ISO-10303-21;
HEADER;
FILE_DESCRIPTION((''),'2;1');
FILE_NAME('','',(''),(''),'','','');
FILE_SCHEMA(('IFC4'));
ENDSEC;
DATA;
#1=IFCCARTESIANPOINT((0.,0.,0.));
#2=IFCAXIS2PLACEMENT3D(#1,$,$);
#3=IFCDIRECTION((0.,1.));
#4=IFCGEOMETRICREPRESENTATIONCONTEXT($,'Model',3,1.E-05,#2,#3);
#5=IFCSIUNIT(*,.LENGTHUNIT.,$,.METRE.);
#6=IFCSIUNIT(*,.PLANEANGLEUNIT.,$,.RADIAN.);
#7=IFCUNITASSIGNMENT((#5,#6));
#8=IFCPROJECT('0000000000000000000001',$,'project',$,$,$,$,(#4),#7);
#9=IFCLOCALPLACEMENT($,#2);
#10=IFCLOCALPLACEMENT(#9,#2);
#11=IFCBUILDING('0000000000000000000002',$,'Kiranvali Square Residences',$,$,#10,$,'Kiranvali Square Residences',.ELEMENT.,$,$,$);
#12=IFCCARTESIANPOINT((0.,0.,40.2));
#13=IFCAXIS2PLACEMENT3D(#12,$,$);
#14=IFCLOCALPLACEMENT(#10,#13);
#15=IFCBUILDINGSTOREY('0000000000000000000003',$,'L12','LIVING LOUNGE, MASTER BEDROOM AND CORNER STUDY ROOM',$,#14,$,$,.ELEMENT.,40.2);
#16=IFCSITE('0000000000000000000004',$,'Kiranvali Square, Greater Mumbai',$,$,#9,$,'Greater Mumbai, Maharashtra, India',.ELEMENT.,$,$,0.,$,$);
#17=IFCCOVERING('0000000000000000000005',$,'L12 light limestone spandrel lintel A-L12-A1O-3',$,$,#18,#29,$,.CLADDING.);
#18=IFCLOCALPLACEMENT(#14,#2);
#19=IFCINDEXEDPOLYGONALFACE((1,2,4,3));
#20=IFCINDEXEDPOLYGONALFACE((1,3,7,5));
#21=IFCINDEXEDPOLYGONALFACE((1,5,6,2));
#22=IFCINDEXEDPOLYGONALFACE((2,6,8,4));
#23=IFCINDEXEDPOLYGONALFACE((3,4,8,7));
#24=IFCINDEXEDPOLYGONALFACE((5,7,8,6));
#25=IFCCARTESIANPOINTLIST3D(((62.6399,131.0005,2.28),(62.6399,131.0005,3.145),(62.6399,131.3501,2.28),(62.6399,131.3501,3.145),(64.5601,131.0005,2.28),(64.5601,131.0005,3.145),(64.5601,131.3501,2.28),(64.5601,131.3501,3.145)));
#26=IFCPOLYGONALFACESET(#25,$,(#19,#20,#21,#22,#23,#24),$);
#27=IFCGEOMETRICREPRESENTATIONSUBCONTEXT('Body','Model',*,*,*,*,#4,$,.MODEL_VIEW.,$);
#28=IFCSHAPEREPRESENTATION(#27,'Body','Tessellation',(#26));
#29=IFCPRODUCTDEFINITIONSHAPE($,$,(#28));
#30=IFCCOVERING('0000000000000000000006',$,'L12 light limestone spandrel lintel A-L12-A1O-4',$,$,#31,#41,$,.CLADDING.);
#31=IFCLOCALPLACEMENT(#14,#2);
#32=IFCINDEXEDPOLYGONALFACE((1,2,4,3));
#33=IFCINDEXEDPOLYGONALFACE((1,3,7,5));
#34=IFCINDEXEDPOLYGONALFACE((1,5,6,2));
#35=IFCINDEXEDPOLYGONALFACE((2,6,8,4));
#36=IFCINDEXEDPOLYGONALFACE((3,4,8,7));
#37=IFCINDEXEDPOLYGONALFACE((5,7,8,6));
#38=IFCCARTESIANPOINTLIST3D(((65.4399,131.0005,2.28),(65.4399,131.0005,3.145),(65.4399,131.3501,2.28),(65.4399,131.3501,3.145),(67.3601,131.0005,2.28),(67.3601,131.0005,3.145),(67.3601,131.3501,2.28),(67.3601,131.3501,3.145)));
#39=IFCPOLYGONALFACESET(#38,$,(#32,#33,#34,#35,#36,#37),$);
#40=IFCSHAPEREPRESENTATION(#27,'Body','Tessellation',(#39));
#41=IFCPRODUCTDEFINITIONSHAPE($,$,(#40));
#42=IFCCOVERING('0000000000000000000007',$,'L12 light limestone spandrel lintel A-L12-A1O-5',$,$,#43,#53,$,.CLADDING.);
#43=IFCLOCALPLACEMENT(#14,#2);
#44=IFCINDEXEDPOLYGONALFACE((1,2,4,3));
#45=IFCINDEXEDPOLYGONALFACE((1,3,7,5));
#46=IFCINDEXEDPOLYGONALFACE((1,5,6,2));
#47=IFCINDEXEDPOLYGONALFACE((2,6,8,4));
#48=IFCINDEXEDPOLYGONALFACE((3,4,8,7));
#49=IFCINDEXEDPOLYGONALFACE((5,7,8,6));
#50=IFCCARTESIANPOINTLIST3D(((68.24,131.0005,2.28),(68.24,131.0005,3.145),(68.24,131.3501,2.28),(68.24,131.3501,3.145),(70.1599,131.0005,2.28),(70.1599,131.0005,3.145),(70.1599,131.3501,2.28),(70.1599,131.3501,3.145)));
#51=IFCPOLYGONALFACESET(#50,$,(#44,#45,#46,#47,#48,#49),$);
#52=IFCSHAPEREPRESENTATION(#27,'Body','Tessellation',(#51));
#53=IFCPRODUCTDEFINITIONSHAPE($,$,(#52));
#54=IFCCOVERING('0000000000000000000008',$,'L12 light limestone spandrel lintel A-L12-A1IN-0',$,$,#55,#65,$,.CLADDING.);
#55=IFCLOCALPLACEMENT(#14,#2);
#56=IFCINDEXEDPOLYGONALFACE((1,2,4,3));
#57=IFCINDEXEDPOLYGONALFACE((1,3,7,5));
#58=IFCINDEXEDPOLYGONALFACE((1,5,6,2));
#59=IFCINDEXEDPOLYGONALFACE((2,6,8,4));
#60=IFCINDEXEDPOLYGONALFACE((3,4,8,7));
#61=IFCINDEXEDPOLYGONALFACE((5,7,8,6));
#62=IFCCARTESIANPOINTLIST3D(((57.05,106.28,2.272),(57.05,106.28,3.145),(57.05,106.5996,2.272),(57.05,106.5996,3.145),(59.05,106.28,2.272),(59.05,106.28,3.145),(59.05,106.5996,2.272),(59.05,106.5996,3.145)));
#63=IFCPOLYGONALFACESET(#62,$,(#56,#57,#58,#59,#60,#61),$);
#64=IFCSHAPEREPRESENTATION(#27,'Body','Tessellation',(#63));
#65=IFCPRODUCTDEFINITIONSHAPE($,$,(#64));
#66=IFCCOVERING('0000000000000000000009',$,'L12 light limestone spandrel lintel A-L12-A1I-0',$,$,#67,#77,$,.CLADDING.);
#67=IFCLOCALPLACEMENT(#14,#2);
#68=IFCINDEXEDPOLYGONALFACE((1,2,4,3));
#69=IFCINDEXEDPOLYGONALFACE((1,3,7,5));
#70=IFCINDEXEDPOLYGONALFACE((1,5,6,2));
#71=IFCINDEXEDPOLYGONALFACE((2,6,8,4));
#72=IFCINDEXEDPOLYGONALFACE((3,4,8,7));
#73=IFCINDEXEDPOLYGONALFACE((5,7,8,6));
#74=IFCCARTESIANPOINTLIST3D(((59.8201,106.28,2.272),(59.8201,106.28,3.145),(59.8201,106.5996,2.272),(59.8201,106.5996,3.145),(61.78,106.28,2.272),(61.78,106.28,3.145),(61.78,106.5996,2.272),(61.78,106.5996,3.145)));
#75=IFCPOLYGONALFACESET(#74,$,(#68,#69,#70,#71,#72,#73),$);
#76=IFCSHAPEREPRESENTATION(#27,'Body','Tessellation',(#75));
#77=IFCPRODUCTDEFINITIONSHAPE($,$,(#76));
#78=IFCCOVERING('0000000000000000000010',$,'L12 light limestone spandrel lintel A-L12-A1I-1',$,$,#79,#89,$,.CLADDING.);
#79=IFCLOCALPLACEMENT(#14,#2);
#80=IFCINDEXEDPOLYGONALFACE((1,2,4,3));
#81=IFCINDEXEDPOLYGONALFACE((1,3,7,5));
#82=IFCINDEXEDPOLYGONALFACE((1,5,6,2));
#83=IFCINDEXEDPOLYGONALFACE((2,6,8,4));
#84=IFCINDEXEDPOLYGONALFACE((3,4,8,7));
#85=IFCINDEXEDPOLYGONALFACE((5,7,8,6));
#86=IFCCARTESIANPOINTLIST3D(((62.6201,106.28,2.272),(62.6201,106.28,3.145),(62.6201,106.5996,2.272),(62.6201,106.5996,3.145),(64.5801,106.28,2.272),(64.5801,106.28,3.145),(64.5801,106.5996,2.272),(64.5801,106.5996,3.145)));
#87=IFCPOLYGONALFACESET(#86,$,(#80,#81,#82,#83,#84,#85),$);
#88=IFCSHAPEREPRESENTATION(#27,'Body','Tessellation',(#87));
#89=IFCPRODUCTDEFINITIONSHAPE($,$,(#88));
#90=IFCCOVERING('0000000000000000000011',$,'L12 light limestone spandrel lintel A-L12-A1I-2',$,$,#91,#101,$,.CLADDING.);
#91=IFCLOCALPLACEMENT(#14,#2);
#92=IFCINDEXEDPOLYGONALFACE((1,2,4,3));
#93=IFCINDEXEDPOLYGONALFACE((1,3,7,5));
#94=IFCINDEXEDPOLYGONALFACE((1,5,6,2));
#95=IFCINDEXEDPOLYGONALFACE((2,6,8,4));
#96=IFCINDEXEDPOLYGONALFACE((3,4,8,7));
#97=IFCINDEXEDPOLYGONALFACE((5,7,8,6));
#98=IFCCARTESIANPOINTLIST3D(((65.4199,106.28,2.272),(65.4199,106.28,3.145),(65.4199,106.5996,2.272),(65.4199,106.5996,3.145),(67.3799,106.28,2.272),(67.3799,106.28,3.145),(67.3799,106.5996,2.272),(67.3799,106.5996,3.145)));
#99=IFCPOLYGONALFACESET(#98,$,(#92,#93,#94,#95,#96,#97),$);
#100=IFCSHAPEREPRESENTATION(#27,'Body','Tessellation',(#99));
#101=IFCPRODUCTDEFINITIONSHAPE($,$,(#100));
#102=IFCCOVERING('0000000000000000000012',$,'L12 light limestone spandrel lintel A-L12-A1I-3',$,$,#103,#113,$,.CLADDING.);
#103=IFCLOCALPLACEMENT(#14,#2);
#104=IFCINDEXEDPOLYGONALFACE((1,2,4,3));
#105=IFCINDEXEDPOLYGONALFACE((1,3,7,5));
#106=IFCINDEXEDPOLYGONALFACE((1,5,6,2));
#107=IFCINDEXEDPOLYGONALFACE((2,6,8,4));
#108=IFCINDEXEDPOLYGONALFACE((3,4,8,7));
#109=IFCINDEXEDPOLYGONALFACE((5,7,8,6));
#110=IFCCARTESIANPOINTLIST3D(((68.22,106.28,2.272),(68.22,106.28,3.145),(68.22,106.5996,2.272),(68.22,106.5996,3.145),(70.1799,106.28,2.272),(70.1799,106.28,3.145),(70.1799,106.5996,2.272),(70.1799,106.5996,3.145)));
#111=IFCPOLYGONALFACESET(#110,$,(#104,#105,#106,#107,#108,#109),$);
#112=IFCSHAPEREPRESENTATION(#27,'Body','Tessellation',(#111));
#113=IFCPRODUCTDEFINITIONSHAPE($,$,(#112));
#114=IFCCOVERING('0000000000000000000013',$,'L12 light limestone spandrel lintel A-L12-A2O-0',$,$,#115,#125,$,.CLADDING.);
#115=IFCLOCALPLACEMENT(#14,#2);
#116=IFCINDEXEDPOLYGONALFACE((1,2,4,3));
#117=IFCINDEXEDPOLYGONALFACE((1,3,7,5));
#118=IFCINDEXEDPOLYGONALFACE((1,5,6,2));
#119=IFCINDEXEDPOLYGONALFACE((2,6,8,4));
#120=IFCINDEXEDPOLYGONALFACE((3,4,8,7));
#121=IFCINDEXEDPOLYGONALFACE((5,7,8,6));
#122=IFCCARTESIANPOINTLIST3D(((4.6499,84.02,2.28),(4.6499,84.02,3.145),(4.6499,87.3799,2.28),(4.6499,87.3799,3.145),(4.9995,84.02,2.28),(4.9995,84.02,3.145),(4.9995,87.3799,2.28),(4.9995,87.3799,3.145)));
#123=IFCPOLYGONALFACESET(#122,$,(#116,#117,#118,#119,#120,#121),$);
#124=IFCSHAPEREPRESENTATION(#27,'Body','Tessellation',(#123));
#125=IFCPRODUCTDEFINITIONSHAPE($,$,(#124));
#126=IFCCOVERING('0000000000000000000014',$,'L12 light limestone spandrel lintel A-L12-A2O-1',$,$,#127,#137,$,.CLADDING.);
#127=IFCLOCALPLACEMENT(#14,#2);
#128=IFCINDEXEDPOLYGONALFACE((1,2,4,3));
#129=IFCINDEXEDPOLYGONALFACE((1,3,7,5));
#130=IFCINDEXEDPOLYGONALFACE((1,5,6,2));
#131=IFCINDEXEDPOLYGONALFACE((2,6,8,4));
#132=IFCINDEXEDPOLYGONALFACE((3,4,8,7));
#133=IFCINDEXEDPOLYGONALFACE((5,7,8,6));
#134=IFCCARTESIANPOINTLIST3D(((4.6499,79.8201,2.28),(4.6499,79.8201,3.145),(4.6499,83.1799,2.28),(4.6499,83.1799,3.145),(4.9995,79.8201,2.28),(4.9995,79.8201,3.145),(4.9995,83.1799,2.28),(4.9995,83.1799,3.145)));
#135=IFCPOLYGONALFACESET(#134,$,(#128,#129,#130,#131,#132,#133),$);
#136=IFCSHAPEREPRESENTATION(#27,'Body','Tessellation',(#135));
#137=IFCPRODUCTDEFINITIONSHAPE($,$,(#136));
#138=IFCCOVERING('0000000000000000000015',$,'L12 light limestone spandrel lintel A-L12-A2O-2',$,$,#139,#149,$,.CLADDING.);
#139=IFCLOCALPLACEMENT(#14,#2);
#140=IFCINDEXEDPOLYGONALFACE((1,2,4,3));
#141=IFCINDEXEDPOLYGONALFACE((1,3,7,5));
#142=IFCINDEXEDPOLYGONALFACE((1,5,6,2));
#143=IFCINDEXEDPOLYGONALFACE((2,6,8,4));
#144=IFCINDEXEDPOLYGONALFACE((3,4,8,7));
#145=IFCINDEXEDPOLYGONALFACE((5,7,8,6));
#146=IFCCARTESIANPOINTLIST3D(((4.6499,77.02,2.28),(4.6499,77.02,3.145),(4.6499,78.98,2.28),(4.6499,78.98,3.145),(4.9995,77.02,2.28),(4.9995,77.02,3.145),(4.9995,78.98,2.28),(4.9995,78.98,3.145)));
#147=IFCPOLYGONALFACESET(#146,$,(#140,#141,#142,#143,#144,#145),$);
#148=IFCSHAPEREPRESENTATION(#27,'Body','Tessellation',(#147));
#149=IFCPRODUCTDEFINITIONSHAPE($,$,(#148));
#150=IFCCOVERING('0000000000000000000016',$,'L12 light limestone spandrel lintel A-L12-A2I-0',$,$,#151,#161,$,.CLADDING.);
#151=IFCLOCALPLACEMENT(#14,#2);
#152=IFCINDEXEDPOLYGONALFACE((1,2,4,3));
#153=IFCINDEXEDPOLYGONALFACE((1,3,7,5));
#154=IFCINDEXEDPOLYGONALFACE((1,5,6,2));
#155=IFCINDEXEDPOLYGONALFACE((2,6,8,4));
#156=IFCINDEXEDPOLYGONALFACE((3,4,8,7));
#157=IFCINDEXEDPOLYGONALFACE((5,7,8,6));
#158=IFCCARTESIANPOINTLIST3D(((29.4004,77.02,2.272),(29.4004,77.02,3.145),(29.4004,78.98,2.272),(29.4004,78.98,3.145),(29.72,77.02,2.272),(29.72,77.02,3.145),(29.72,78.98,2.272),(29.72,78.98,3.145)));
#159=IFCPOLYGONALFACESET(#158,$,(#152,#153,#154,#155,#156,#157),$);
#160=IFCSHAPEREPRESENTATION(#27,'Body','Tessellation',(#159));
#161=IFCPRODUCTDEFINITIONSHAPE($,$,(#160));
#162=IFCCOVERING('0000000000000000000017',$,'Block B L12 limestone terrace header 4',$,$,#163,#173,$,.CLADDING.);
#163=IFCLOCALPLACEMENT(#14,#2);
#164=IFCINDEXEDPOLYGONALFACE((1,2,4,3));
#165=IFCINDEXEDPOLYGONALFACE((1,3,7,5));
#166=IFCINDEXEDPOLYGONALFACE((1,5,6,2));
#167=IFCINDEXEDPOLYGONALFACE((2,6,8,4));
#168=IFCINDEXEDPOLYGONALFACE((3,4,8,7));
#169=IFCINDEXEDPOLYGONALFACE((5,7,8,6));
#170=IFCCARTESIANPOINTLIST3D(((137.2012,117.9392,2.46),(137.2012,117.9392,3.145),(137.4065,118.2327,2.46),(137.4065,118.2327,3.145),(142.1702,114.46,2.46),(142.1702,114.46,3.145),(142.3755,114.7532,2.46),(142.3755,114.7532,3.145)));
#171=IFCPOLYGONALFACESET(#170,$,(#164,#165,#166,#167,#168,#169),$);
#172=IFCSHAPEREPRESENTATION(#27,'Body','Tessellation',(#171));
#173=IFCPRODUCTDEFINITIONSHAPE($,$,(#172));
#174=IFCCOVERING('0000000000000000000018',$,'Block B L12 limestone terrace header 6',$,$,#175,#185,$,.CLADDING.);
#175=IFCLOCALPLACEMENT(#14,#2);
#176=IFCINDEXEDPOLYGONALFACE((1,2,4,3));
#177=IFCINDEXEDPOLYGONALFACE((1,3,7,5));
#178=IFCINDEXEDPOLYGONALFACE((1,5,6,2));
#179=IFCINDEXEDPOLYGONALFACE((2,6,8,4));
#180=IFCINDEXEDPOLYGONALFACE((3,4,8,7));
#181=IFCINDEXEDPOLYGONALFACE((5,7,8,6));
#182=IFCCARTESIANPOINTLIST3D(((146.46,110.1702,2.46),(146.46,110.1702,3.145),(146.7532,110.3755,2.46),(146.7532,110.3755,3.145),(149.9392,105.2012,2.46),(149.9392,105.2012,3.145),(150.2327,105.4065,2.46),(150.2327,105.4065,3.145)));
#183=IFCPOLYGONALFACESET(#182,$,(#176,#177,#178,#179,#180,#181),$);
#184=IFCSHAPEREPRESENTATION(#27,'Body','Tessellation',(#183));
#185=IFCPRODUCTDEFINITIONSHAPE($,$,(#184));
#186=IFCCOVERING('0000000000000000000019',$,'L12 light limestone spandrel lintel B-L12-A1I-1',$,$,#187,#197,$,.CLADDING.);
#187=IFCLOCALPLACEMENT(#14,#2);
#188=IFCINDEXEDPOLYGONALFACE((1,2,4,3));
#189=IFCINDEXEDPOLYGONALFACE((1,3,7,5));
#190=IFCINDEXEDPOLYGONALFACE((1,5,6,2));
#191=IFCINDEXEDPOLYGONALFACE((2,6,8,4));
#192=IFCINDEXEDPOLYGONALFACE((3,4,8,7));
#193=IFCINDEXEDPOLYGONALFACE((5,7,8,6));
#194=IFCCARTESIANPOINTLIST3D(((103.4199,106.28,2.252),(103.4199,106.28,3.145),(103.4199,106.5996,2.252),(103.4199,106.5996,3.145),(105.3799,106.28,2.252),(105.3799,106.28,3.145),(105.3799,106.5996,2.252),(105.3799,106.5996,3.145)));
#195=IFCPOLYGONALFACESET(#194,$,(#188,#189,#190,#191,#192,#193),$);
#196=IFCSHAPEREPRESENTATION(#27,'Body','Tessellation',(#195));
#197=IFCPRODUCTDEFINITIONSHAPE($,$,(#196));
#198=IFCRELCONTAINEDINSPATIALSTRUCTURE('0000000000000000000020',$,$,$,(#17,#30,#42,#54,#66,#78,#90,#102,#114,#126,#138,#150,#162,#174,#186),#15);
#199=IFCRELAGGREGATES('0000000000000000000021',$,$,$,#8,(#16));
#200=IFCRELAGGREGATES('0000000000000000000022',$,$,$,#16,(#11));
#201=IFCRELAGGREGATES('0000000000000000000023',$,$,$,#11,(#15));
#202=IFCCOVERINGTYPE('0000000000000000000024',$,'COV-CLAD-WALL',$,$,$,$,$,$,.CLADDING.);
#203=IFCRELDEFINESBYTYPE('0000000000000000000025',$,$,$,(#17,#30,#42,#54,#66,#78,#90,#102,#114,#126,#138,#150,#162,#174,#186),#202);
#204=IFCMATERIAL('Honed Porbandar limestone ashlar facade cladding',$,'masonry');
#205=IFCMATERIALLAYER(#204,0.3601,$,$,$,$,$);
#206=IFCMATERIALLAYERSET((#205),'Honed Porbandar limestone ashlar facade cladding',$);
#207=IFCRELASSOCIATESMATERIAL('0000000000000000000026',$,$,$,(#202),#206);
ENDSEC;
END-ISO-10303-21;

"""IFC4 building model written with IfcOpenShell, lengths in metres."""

from ifc_helpers import new_model, si_unit, direction, frame, origin, place, context, subcontext, project, spatial, polyline, outline, extrude, material, layer, layer_set, type_object, element, save


model = new_model("IFC4")

# Units and contexts
model_context = context("Model", 3, precision=1e-05, world=origin(), true_north=direction((0.0, 1.0)))
body_context = subcontext(model_context, "Body", "Model", "MODEL_VIEW")
ifc_project = project(units=[si_unit("LENGTHUNIT", "METRE"), si_unit("PLANEANGLEUNIT", "RADIAN")], contexts=[model_context])

# Site, building, storey
site_placement = place(None, origin())
site = spatial("IfcSite", under=ifc_project, at=site_placement, Name="Kiranvali Square, Greater Mumbai", LongName="Greater Mumbai, Maharashtra, India", CompositionType="ELEMENT", RefElevation=0.0)
building_placement = place(site_placement, origin())
building = spatial("IfcBuilding", under=site, at=building_placement, Name="Kiranvali Square Residences", LongName="Kiranvali Square Residences", CompositionType="ELEMENT")
storey_placement = place(building_placement, frame((0.0, 0.0, 40.2)))
storey = spatial("IfcBuildingStorey", under=building, at=storey_placement, Name="L12", Description="LIVING LOUNGE, MASTER BEDROOM AND CORNER STUDY ROOM", CompositionType="ELEMENT", Elevation=40.2)

# Coverings
ifc_material = material(Name="Honed Porbandar limestone ashlar facade cladding", Category="masonry")
ifc_layer = layer(ifc_material, 0.3601)
ifc_layer_set = layer_set([ifc_layer], Name="Honed Porbandar limestone ashlar facade cladding")
covering_type = type_object("IfcCoveringType", Name="COV-CLAD-WALL", PredefinedType="CLADDING", material=ifc_layer_set)
covering_1_placement = place(storey_placement, frame((0.0, 0.0, 2.28)))
element("IfcCovering", 1, at=covering_1_placement, inside=storey, type_object=covering_type, Name="L12 light limestone spandrel lintel A-L12-A1O-3", PredefinedType="CLADDING", context=body_context, shape_type="SweptSolid", body=[
    extrude(outline(polyline([(62.6399, 131.0005), (64.5601, 131.0005), (64.5601, 131.3501), (62.6399, 131.3501), (62.6399, 131.0005)])), origin(), (0.0, 0.0, 1.0), 0.865),
])
covering_2_placement = place(storey_placement, frame((0.0, 0.0, 2.28)))
element("IfcCovering", 2, at=covering_2_placement, inside=storey, type_object=covering_type, Name="L12 light limestone spandrel lintel A-L12-A1O-4", PredefinedType="CLADDING", context=body_context, shape_type="SweptSolid", body=[
    extrude(outline(polyline([(65.4399, 131.0005), (67.3601, 131.0005), (67.3601, 131.3501), (65.4399, 131.3501), (65.4399, 131.0005)])), origin(), (0.0, 0.0, 1.0), 0.865),
])
covering_3_placement = place(storey_placement, frame((0.0, 0.0, 2.28)))
element("IfcCovering", 3, at=covering_3_placement, inside=storey, type_object=covering_type, Name="L12 light limestone spandrel lintel A-L12-A1O-5", PredefinedType="CLADDING", context=body_context, shape_type="SweptSolid", body=[
    extrude(outline(polyline([(68.24, 131.0005), (70.1599, 131.0005), (70.1599, 131.3501), (68.24, 131.3501), (68.24, 131.0005)])), origin(), (0.0, 0.0, 1.0), 0.865),
])
covering_4_placement = place(storey_placement, frame((0.0, 0.0, 2.272)))
element("IfcCovering", 4, at=covering_4_placement, inside=storey, type_object=covering_type, Name="L12 light limestone spandrel lintel A-L12-A1IN-0", PredefinedType="CLADDING", context=body_context, shape_type="SweptSolid", body=[
    extrude(outline(polyline([(57.05, 106.28), (59.05, 106.28), (59.05, 106.5996), (57.05, 106.5996), (57.05, 106.28)])), origin(), (0.0, 0.0, 1.0), 0.873),
])
covering_5_placement = place(storey_placement, frame((0.0, 0.0, 2.272)))
element("IfcCovering", 5, at=covering_5_placement, inside=storey, type_object=covering_type, Name="L12 light limestone spandrel lintel A-L12-A1I-0", PredefinedType="CLADDING", context=body_context, shape_type="SweptSolid", body=[
    extrude(outline(polyline([(59.8201, 106.28), (61.78, 106.28), (61.78, 106.5996), (59.8201, 106.5996), (59.8201, 106.28)])), origin(), (0.0, 0.0, 1.0), 0.873),
])
covering_6_placement = place(storey_placement, frame((0.0, 0.0, 2.272)))
element("IfcCovering", 6, at=covering_6_placement, inside=storey, type_object=covering_type, Name="L12 light limestone spandrel lintel A-L12-A1I-1", PredefinedType="CLADDING", context=body_context, shape_type="SweptSolid", body=[
    extrude(outline(polyline([(62.6201, 106.28), (64.5801, 106.28), (64.5801, 106.5996), (62.6201, 106.5996), (62.6201, 106.28)])), origin(), (0.0, 0.0, 1.0), 0.873),
])
covering_7_placement = place(storey_placement, frame((0.0, 0.0, 2.272)))
element("IfcCovering", 7, at=covering_7_placement, inside=storey, type_object=covering_type, Name="L12 light limestone spandrel lintel A-L12-A1I-2", PredefinedType="CLADDING", context=body_context, shape_type="SweptSolid", body=[
    extrude(outline(polyline([(65.4199, 106.28), (67.3799, 106.28), (67.3799, 106.5996), (65.4199, 106.5996), (65.4199, 106.28)])), origin(), (0.0, 0.0, 1.0), 0.873),
])
covering_8_placement = place(storey_placement, frame((0.0, 0.0, 2.272)))
element("IfcCovering", 8, at=covering_8_placement, inside=storey, type_object=covering_type, Name="L12 light limestone spandrel lintel A-L12-A1I-3", PredefinedType="CLADDING", context=body_context, shape_type="SweptSolid", body=[
    extrude(outline(polyline([(68.22, 106.28), (70.1799, 106.28), (70.1799, 106.5996), (68.22, 106.5996), (68.22, 106.28)])), origin(), (0.0, 0.0, 1.0), 0.873),
])
covering_9_placement = place(storey_placement, frame((0.0, 0.0, 2.28)))
element("IfcCovering", 9, at=covering_9_placement, inside=storey, type_object=covering_type, Name="L12 light limestone spandrel lintel A-L12-A2O-0", PredefinedType="CLADDING", context=body_context, shape_type="SweptSolid", body=[
    extrude(outline(polyline([(4.6499, 87.3799), (4.6499, 84.02), (4.9995, 84.02), (4.9995, 87.3799), (4.6499, 87.3799)])), origin(), (0.0, 0.0, 1.0), 0.865),
])
covering_10_placement = place(storey_placement, frame((0.0, 0.0, 2.28)))
element("IfcCovering", 10, at=covering_10_placement, inside=storey, type_object=covering_type, Name="L12 light limestone spandrel lintel A-L12-A2O-1", PredefinedType="CLADDING", context=body_context, shape_type="SweptSolid", body=[
    extrude(outline(polyline([(4.6499, 83.1799), (4.6499, 79.8201), (4.9995, 79.8201), (4.9995, 83.1799), (4.6499, 83.1799)])), origin(), (0.0, 0.0, 1.0), 0.865),
])
covering_11_placement = place(storey_placement, frame((0.0, 0.0, 2.28)))
element("IfcCovering", 11, at=covering_11_placement, inside=storey, type_object=covering_type, Name="L12 light limestone spandrel lintel A-L12-A2O-2", PredefinedType="CLADDING", context=body_context, shape_type="SweptSolid", body=[
    extrude(outline(polyline([(4.6499, 78.98), (4.6499, 77.02), (4.9995, 77.02), (4.9995, 78.98), (4.6499, 78.98)])), origin(), (0.0, 0.0, 1.0), 0.865),
])
covering_12_placement = place(storey_placement, frame((0.0, 0.0, 2.272)))
element("IfcCovering", 12, at=covering_12_placement, inside=storey, type_object=covering_type, Name="L12 light limestone spandrel lintel A-L12-A2I-0", PredefinedType="CLADDING", context=body_context, shape_type="SweptSolid", body=[
    extrude(outline(polyline([(29.4004, 78.98), (29.4004, 77.02), (29.72, 77.02), (29.72, 78.98), (29.4004, 78.98)])), origin(), (0.0, 0.0, 1.0), 0.873),
])
covering_13_placement = place(storey_placement, frame((0.0, 0.0, 2.46)))
element("IfcCovering", 13, at=covering_13_placement, inside=storey, type_object=covering_type, Name="Block B L12 limestone terrace header 4", PredefinedType="CLADDING", context=body_context, shape_type="SweptSolid", body=[
    extrude(outline(polyline([(137.2012, 117.9392), (142.1702, 114.46), (142.3755, 114.7532), (137.4065, 118.2327), (137.2012, 117.9392)])), origin(), (0.0, 0.0, 1.0), 0.6851),
])
covering_14_placement = place(storey_placement, frame((0.0, 0.0, 2.46)))
element("IfcCovering", 14, at=covering_14_placement, inside=storey, type_object=covering_type, Name="Block B L12 limestone terrace header 6", PredefinedType="CLADDING", context=body_context, shape_type="SweptSolid", body=[
    extrude(outline(polyline([(146.46, 110.1702), (149.9392, 105.2012), (150.2327, 105.4065), (146.7532, 110.3755), (146.46, 110.1702)])), origin(), (0.0, 0.0, 1.0), 0.6851),
])
covering_15_placement = place(storey_placement, frame((0.0, 0.0, 2.252)))
element("IfcCovering", 15, at=covering_15_placement, inside=storey, type_object=covering_type, Name="L12 light limestone spandrel lintel B-L12-A1I-1", PredefinedType="CLADDING", context=body_context, shape_type="SweptSolid", body=[
    extrude(outline(polyline([(105.3799, 106.5996), (103.4199, 106.5996), (103.4199, 106.28), (105.3799, 106.28), (105.3799, 106.5996)])), origin(), (0.0, 0.0, 1.0), 0.8931),
])

save(model, "model.ifc")
